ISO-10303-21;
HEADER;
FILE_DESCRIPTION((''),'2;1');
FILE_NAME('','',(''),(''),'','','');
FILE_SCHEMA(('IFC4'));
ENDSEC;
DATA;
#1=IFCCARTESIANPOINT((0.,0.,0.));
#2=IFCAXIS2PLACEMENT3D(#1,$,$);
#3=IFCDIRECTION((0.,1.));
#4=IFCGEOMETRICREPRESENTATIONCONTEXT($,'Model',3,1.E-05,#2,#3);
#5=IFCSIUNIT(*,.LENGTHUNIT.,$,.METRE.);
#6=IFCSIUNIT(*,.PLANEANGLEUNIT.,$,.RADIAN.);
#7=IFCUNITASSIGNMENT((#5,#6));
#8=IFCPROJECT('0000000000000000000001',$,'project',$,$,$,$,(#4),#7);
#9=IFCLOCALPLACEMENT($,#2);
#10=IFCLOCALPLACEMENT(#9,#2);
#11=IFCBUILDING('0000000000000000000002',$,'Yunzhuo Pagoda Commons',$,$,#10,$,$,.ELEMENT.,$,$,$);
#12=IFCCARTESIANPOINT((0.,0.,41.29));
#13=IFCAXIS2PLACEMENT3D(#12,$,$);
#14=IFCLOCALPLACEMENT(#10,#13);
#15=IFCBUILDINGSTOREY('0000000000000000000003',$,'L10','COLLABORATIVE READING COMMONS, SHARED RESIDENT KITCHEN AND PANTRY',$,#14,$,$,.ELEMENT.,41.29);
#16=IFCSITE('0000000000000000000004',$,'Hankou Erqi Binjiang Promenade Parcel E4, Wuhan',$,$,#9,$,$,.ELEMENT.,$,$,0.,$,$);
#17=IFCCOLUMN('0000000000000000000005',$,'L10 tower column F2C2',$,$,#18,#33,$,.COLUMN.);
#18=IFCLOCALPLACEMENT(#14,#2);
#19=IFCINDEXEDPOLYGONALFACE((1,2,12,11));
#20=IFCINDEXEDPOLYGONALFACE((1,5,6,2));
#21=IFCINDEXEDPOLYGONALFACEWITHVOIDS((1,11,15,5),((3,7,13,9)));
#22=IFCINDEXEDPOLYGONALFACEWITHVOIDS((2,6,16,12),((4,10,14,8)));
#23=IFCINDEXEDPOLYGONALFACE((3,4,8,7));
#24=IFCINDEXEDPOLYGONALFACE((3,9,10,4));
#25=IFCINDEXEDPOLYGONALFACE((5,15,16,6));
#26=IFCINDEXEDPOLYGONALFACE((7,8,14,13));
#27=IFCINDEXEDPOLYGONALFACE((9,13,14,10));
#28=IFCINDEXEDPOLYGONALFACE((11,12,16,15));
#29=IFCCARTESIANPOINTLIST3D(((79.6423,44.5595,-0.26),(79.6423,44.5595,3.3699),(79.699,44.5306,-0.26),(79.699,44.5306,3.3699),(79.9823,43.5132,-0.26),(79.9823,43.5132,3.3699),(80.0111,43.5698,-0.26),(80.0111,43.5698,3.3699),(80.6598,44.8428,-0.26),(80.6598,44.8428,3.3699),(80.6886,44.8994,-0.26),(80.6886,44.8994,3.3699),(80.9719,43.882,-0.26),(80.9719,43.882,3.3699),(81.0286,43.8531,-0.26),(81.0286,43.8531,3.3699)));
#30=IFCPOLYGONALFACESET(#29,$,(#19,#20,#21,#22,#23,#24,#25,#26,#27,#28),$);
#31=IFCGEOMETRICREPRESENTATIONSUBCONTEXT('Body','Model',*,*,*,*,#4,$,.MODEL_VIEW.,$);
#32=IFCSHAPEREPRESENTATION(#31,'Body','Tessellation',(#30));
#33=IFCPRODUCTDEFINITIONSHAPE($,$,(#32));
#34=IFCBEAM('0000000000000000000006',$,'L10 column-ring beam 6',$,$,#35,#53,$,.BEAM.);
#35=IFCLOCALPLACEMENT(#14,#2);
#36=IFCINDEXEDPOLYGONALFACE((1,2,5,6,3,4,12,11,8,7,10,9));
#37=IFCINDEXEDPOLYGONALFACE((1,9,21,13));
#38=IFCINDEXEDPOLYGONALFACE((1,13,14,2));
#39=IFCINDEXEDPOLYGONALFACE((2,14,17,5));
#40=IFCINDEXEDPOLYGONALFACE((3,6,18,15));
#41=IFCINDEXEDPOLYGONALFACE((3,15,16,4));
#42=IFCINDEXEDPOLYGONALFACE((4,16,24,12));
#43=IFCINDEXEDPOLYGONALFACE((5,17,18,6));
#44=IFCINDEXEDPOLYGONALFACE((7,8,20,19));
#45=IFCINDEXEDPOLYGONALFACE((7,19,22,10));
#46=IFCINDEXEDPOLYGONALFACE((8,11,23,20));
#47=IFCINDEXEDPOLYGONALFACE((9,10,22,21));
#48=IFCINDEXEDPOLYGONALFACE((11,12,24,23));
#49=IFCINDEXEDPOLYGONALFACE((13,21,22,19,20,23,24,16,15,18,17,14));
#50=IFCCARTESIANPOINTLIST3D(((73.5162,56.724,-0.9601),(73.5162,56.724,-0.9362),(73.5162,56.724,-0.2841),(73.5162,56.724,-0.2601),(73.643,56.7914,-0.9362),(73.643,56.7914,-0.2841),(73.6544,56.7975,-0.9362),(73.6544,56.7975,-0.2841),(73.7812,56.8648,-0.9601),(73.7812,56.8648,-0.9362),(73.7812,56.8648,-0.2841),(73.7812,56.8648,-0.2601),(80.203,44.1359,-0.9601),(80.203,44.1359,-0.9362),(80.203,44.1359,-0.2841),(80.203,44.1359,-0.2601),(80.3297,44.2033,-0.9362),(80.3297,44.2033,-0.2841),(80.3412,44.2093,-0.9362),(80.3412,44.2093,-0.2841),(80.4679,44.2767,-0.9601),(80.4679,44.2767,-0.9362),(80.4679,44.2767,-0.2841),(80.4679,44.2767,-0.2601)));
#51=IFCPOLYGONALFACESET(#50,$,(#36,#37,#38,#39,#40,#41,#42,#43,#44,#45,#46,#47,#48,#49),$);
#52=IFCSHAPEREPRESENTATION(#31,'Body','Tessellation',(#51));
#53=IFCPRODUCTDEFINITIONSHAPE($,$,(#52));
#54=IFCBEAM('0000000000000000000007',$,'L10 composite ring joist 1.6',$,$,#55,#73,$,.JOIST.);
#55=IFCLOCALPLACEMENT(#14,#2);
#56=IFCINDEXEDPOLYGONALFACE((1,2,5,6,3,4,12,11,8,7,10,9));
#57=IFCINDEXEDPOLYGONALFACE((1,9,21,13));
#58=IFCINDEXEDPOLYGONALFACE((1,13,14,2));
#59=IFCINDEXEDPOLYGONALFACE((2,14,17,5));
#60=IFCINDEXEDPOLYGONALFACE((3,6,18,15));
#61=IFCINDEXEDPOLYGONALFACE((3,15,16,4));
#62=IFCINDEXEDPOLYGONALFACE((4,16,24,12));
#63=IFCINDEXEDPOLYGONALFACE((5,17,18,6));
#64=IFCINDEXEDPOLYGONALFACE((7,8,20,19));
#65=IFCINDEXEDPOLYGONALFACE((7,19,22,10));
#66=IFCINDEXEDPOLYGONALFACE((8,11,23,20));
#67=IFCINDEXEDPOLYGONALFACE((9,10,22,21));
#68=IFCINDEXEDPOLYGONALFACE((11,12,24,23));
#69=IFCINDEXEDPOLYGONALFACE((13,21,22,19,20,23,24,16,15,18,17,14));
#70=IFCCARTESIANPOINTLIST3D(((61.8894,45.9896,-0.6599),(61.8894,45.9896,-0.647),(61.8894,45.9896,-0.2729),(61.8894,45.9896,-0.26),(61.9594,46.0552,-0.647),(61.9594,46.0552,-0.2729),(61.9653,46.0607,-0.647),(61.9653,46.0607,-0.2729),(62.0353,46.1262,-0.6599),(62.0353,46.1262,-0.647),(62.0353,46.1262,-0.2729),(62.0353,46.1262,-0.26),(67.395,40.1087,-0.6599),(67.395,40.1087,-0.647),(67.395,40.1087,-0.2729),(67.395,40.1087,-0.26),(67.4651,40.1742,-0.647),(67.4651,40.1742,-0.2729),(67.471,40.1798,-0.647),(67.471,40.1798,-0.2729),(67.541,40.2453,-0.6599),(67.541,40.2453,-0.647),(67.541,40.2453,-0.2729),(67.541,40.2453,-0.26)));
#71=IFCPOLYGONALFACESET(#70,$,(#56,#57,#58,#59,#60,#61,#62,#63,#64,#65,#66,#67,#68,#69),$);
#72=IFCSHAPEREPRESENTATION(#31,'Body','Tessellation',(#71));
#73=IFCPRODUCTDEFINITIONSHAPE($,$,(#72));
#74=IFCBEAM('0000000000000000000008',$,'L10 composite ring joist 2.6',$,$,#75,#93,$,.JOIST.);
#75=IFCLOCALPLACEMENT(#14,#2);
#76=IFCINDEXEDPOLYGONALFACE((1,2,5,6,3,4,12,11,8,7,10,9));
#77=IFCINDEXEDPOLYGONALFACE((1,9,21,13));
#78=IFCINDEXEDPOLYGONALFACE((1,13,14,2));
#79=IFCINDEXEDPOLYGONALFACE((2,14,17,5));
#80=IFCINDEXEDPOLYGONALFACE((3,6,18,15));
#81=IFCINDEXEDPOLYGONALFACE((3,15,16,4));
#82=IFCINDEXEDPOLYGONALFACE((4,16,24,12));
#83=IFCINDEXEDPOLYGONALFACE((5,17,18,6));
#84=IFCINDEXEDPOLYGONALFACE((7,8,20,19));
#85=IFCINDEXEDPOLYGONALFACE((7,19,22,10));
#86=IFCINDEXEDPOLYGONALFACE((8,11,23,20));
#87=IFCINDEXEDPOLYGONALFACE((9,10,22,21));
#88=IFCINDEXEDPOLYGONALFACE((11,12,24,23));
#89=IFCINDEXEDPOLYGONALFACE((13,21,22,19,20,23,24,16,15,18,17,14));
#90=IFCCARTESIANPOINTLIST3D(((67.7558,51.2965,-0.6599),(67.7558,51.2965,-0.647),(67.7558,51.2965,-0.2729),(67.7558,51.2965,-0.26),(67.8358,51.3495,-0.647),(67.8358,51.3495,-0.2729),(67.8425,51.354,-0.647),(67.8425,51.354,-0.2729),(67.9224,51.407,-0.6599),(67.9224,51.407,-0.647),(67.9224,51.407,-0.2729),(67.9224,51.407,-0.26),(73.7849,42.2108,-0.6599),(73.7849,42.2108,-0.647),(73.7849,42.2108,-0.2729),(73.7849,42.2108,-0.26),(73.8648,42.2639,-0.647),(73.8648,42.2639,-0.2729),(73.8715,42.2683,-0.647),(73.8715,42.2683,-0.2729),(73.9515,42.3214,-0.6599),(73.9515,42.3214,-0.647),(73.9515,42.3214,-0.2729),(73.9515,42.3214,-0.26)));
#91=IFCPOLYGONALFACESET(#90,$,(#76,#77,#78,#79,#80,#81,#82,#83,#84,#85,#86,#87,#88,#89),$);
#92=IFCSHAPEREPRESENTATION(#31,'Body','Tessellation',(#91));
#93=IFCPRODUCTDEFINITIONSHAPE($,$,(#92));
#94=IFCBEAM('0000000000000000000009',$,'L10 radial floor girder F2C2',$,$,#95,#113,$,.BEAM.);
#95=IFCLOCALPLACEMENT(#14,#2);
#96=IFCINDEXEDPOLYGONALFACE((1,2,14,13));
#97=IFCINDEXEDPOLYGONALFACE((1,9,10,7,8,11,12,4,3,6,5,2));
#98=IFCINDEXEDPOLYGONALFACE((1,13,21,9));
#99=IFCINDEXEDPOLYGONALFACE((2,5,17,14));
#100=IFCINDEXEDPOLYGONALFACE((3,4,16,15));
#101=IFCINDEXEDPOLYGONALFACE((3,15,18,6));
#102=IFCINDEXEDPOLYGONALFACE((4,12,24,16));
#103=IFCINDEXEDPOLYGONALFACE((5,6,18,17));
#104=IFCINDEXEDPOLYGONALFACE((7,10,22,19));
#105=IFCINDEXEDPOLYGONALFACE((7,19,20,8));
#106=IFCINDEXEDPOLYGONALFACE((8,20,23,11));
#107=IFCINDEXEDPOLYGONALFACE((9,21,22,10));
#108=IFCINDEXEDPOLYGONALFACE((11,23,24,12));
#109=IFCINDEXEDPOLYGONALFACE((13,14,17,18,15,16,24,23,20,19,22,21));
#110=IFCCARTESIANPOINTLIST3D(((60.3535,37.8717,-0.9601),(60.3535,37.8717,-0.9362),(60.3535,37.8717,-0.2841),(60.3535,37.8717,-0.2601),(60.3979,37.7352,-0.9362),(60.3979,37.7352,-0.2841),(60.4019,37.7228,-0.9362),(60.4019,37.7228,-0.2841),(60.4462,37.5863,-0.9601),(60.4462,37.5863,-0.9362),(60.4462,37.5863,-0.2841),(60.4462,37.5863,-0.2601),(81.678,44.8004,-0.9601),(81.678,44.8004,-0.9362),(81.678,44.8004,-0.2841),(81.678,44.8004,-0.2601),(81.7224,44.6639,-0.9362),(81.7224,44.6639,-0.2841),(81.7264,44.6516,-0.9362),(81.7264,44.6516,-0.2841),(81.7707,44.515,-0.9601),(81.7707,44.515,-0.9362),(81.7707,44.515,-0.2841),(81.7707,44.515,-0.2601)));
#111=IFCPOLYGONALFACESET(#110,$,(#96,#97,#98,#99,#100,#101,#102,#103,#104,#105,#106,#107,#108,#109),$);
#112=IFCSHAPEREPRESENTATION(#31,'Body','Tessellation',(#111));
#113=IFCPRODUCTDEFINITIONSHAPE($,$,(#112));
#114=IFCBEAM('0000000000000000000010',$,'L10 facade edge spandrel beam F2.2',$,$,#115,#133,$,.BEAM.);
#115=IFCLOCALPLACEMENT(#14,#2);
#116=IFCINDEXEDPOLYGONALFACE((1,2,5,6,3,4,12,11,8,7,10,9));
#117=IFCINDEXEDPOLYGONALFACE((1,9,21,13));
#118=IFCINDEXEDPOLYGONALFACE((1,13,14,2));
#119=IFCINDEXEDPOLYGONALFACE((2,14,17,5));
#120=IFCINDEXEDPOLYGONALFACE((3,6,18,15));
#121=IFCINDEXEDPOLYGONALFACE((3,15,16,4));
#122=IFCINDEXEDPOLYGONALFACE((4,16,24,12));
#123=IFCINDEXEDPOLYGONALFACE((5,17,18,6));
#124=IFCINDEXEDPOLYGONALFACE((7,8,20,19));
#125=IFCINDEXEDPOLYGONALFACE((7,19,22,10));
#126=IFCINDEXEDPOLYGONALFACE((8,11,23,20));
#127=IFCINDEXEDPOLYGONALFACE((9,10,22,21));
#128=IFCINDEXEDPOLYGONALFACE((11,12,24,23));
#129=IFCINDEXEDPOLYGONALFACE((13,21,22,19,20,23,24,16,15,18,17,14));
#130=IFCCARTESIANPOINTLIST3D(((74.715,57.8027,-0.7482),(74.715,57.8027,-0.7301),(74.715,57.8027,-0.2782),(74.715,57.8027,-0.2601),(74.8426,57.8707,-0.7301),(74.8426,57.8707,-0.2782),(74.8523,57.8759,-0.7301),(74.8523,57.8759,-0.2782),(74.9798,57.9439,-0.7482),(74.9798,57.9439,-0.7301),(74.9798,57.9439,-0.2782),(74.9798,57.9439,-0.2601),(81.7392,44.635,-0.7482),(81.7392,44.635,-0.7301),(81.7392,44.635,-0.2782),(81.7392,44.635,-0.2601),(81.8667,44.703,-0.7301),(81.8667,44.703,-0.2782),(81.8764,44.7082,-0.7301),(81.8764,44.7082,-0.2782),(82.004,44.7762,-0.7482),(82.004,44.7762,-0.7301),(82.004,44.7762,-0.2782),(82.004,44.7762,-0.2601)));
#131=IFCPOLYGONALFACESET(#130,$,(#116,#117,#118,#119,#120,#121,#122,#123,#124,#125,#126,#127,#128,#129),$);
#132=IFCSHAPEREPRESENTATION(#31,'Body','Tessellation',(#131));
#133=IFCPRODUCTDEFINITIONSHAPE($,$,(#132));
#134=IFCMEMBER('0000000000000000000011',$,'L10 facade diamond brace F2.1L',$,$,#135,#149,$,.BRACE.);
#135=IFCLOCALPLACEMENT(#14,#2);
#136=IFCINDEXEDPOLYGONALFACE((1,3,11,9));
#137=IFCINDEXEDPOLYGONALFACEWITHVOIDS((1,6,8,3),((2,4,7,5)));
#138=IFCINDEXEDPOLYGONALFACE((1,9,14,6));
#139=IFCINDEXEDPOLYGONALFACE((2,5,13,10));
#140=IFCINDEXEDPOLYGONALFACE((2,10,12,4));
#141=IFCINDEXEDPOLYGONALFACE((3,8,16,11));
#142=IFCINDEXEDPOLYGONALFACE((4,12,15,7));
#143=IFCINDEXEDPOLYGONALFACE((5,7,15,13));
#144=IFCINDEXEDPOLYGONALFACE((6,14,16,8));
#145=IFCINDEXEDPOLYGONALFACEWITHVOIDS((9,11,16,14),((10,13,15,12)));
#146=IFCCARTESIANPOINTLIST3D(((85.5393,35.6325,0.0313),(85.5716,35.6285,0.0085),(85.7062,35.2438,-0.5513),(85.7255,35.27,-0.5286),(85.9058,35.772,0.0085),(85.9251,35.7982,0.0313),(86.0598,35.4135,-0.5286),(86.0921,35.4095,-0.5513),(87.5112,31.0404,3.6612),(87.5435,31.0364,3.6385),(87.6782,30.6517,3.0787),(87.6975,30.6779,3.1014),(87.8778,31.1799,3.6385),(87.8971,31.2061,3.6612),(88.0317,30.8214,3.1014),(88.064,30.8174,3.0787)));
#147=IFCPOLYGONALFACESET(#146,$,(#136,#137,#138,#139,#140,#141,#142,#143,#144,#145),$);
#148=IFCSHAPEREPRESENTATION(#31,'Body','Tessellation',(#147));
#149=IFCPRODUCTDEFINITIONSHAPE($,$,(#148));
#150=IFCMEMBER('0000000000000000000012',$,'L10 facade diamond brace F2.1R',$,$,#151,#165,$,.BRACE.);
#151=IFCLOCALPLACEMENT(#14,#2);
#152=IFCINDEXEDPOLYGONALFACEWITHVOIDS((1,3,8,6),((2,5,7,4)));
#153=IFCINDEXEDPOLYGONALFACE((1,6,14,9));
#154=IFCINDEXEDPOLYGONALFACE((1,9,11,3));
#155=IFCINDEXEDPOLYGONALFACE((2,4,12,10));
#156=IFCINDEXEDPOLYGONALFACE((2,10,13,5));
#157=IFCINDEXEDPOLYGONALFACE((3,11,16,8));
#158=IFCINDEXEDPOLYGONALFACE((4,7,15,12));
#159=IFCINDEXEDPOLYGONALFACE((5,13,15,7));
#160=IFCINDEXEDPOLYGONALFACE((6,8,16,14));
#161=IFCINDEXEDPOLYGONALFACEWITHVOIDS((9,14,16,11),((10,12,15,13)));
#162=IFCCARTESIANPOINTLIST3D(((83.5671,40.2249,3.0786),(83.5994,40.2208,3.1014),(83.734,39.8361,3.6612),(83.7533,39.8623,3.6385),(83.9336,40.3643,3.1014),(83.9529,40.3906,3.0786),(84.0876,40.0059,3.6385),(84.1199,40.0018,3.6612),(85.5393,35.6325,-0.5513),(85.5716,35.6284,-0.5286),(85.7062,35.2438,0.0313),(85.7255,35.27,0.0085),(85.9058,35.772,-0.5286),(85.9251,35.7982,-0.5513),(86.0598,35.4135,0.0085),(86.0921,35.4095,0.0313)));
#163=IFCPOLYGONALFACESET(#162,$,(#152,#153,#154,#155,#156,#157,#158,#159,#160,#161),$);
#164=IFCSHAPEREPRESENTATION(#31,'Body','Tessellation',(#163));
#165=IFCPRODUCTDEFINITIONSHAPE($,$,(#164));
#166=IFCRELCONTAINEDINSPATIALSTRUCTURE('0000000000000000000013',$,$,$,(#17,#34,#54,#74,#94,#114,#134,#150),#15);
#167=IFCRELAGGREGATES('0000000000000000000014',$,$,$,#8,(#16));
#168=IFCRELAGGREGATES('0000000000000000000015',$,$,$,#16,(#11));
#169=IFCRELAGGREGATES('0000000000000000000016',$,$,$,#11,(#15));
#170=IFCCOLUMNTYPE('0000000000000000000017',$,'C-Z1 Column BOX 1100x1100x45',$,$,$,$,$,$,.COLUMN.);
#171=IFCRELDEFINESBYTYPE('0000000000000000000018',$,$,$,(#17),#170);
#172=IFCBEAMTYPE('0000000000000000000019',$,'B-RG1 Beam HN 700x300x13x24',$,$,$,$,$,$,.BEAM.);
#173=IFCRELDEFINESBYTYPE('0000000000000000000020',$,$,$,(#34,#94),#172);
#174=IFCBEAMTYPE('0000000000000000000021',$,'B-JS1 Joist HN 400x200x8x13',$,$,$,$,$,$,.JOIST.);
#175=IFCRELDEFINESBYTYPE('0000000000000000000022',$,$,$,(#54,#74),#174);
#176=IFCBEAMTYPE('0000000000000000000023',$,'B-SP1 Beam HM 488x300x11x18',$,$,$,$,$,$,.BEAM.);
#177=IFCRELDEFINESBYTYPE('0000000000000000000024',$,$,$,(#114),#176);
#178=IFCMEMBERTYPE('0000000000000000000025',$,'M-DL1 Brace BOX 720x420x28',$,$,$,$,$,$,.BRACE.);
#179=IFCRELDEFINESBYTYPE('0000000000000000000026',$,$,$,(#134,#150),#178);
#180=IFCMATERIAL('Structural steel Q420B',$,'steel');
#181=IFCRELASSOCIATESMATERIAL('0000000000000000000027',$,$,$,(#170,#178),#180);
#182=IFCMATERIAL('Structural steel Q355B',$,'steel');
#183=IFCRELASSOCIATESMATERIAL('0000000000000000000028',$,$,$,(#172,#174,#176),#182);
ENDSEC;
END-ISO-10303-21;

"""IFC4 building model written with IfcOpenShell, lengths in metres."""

from ifc_helpers import new_model, si_unit, direction, frame, origin, origin_2d, place, context, subcontext, project, spatial, hollow_rectangle, i_section, extrude, source, transform, mapped, material, material_profile, profile_set, type_object, element, save


model = new_model("IFC4")

# Units and contexts
model_context = context("Model", 3, precision=1e-05, world=origin(), true_north=direction((0.0, 1.0)))
body_context = subcontext(model_context, "Body", "Model", "MODEL_VIEW")
ifc_project = project(units=[si_unit("LENGTHUNIT", "METRE"), si_unit("PLANEANGLEUNIT", "RADIAN")], contexts=[model_context])

# Site, building, storey
site_placement = place(None, origin())
site = spatial("IfcSite", under=ifc_project, at=site_placement, Name="Hankou Erqi Binjiang Promenade Parcel E4, Wuhan", CompositionType="ELEMENT", RefElevation=0.0)
building_placement = place(site_placement, origin())
building = spatial("IfcBuilding", under=site, at=building_placement, Name="Yunzhuo Pagoda Commons", CompositionType="ELEMENT")
storey_placement = place(building_placement, frame((0.0, 0.0, 41.29)))
storey = spatial("IfcBuildingStorey", under=building, at=storey_placement, Name="L10", Description="COLLABORATIVE READING COMMONS, SHARED RESIDENT KITCHEN AND PANTRY", CompositionType="ELEMENT", Elevation=41.29)

# Column
ifc_material_1 = material(Name="Structural steel Q420B", Category="steel")
ifc_material_profile_1 = material_profile(ifc_material_1, hollow_rectangle(XDim=1.1001, YDim=1.1001, WallThickness=0.0449, at=origin_2d()), Name="Structural steel Q420B")
ifc_profile_set_1 = profile_set([ifc_material_profile_1], Name="Structural steel Q420B")
column_type = type_object("IfcColumnType", Name="C-Z1 Column BOX 1100x1100x45", PredefinedType="COLUMN", material=ifc_profile_set_1)
shared_shape_1 = source(origin(), body_context, "Body", "SweptSolid", [
    extrude(hollow_rectangle(XDim=1.1001, YDim=1.1001, WallThickness=0.0449, at=origin_2d()), origin(), (0.0, 0.0, 1.0), 3.6299),
])
column_placement = place(storey_placement, frame((80.3354, 44.2063, -0.26), z_axis=(0.0, 0.0, 1.0), x_axis=(-0.309017, 0.951057, 0.0)))
element("IfcColumn", 1, at=column_placement, inside=storey, type_object=column_type, Name="L10 tower column F2C2", PredefinedType="COLUMN", context=body_context, shape_type="MappedRepresentation", body=[
    mapped(shared_shape_1, transform((0.0, 0.0, 0.0), scale=1.0)),
])

# Beams
ifc_material_2 = material(Name="Structural steel Q355B", Category="steel")
ifc_material_profile_2 = material_profile(ifc_material_2, i_section(OverallWidth=0.3, OverallDepth=0.7, WebThickness=0.0129, FlangeThickness=0.0239, at=origin_2d()), Name="Structural steel Q355B")
ifc_profile_set_2 = profile_set([ifc_material_profile_2], Name="Structural steel Q355B")
beam_type_1 = type_object("IfcBeamType", Name="B-RG1 Beam HN 700x300x13x24", PredefinedType="BEAM", material=ifc_profile_set_2)
shared_shape_2 = source(origin(), body_context, "Body", "SweptSolid", [
    extrude(i_section(OverallWidth=0.3, OverallDepth=0.7, WebThickness=0.0129, FlangeThickness=0.0239, at=origin_2d()), origin(), (0.0, 0.0, 1.0), 14.2539),
])
beam_1_placement = place(storey_placement, frame((80.3354, 44.2063, -0.6101), z_axis=(-0.469118, 0.883135, 0.0), x_axis=(-0.883135, -0.469118, 0.0)))
element("IfcBeam", 2, at=beam_1_placement, inside=storey, type_object=beam_type_1, Name="L10 column-ring beam 6", PredefinedType="BEAM", context=body_context, shape_type="MappedRepresentation", body=[
    mapped(shared_shape_2, transform((0.0, 0.0, 0.0), scale=1.0)),
])
ifc_material_profile_3 = material_profile(ifc_material_2, i_section(OverallWidth=0.2, OverallDepth=0.3999, WebThickness=0.0081, FlangeThickness=0.0129, at=origin_2d()), Name="Structural steel Q355B")
ifc_profile_set_3 = profile_set([ifc_material_profile_3], Name="Structural steel Q355B")
beam_type_2 = type_object("IfcBeamType", Name="B-JS1 Joist HN 400x200x8x13", PredefinedType="JOIST", material=ifc_profile_set_3)
shared_shape_3 = source(origin(), body_context, "Body", "SweptSolid", [
    extrude(i_section(OverallWidth=0.2, OverallDepth=0.3999, WebThickness=0.0081, FlangeThickness=0.0129, at=origin_2d()), origin(), (0.0, 0.0, 1.0), 8.0559),
])
beam_2_placement = place(storey_placement, frame((67.468, 40.177, -0.46), z_axis=(-0.683433, 0.730013, 0.0), x_axis=(-0.730013, -0.683433, 0.0)))
element("IfcBeam", 3, at=beam_2_placement, inside=storey, type_object=beam_type_2, Name="L10 composite ring joist 1.6", PredefinedType="JOIST", context=body_context, shape_type="MappedRepresentation", body=[
    mapped(shared_shape_3, transform((0.0, 0.0, 0.0), scale=1.0)),
])
shared_shape_4 = source(origin(), body_context, "Body", "SweptSolid", [
    extrude(i_section(OverallWidth=0.2, OverallDepth=0.3999, WebThickness=0.0081, FlangeThickness=0.0129, at=origin_2d()), origin(), (0.0, 0.0, 1.0), 10.9041),
])
beam_3_placement = place(storey_placement, frame((73.8682, 42.2661, -0.46), z_axis=(-0.552916, 0.833237, 0.0), x_axis=(-0.833237, -0.552916, 0.0)))
element("IfcBeam", 4, at=beam_3_placement, inside=storey, type_object=beam_type_2, Name="L10 composite ring joist 2.6", PredefinedType="JOIST", context=body_context, shape_type="MappedRepresentation", body=[
    mapped(shared_shape_4, transform((0.0, 0.0, 0.0), scale=1.0)),
])
shared_shape_5 = source(origin(), body_context, "Body", "SweptSolid", [
    extrude(i_section(OverallWidth=0.3, OverallDepth=0.7, WebThickness=0.0129, FlangeThickness=0.0239, at=origin_2d()), origin(), (0.0, 0.0, 1.0), 22.4219),
])
beam_4_placement = place(storey_placement, frame((81.7244, 44.6577, -0.6101), z_axis=(-0.951057, -0.309016, 0.0), x_axis=(0.309016, -0.951057, 0.0)))
element("IfcBeam", 5, at=beam_4_placement, inside=storey, type_object=beam_type_1, Name="L10 radial floor girder F2C2", PredefinedType="BEAM", context=body_context, shape_type="MappedRepresentation", body=[
    mapped(shared_shape_5, transform((0.0, 0.0, 0.0), scale=1.0)),
])
ifc_material_profile_4 = material_profile(ifc_material_2, i_section(OverallWidth=0.3, OverallDepth=0.488, WebThickness=0.011, FlangeThickness=0.0181, at=origin_2d()), Name="Structural steel Q355B")
ifc_profile_set_4 = profile_set([ifc_material_profile_4], Name="Structural steel Q355B")
beam_type_3 = type_object("IfcBeamType", Name="B-SP1 Beam HM 488x300x11x18", PredefinedType="BEAM", material=ifc_profile_set_4)
shared_shape_6 = source(origin(), body_context, "Body", "SweptSolid", [
    extrude(i_section(OverallWidth=0.3, OverallDepth=0.488, WebThickness=0.011, FlangeThickness=0.0181, at=origin_2d()), origin(), (0.0, 0.0, 1.0), 14.9241),
])
beam_5_placement = place(storey_placement, frame((81.8716, 44.7056, -0.5042), z_axis=(-0.47066, 0.882314, 0.0), x_axis=(-0.882314, -0.47066, 0.0)))
element("IfcBeam", 6, at=beam_5_placement, inside=storey, type_object=beam_type_3, Name="L10 facade edge spandrel beam F2.2", PredefinedType="BEAM", context=body_context, shape_type="MappedRepresentation", body=[
    mapped(shared_shape_6, transform((0.0, 0.0, 0.0), scale=1.0)),
])

# Members
ifc_material_profile_5 = material_profile(ifc_material_1, hollow_rectangle(XDim=0.4199, YDim=0.72, WallThickness=0.0281, at=origin_2d()), Name="Structural steel Q420B")
ifc_profile_set_5 = profile_set([ifc_material_profile_5], Name="Structural steel Q420B")
member_type_1 = type_object("IfcMemberType", Name="M-DL1 Brace BOX 720x420x28", PredefinedType="BRACE", material=ifc_profile_set_5)
shared_shape_7 = source(origin(), body_context, "Body", "SweptSolid", [
    extrude(hollow_rectangle(XDim=0.4199, YDim=0.72, WallThickness=0.0281, at=origin_2d()), origin(), (0.0, 0.0, 1.0), 6.1768),
])
member_1_placement = place(storey_placement, frame((85.8157, 35.521, -0.26), z_axis=(0.319253, -0.743448, 0.587675), x_axis=(0.918862, 0.39458, 0.0)))
element("IfcMember", 7, at=member_1_placement, inside=storey, type_object=member_type_1, Name="L10 facade diamond brace F2.1L", PredefinedType="BRACE", context=body_context, shape_type="MappedRepresentation", body=[
    mapped(shared_shape_7, transform((0.0, 0.0, 0.0), scale=1.0)),
])
shared_shape_8 = source(origin(), body_context, "Body", "SweptSolid", [
    extrude(hollow_rectangle(XDim=0.4199, YDim=0.72, WallThickness=0.0281, at=origin_2d()), origin(), (0.0, 0.0, 1.0), 6.177),
])
member_2_placement = place(storey_placement, frame((85.8157, 35.521, -0.26), z_axis=(-0.319279, 0.743456, 0.587651), x_axis=(-0.918852, -0.394603, 0.0)))
element("IfcMember", 8, at=member_2_placement, inside=storey, type_object=member_type_1, Name="L10 facade diamond brace F2.1R", PredefinedType="BRACE", context=body_context, shape_type="MappedRepresentation", body=[
    mapped(shared_shape_8, transform((0.0, 0.0, 0.0), scale=1.0)),
])

save(model, "model.ifc")
